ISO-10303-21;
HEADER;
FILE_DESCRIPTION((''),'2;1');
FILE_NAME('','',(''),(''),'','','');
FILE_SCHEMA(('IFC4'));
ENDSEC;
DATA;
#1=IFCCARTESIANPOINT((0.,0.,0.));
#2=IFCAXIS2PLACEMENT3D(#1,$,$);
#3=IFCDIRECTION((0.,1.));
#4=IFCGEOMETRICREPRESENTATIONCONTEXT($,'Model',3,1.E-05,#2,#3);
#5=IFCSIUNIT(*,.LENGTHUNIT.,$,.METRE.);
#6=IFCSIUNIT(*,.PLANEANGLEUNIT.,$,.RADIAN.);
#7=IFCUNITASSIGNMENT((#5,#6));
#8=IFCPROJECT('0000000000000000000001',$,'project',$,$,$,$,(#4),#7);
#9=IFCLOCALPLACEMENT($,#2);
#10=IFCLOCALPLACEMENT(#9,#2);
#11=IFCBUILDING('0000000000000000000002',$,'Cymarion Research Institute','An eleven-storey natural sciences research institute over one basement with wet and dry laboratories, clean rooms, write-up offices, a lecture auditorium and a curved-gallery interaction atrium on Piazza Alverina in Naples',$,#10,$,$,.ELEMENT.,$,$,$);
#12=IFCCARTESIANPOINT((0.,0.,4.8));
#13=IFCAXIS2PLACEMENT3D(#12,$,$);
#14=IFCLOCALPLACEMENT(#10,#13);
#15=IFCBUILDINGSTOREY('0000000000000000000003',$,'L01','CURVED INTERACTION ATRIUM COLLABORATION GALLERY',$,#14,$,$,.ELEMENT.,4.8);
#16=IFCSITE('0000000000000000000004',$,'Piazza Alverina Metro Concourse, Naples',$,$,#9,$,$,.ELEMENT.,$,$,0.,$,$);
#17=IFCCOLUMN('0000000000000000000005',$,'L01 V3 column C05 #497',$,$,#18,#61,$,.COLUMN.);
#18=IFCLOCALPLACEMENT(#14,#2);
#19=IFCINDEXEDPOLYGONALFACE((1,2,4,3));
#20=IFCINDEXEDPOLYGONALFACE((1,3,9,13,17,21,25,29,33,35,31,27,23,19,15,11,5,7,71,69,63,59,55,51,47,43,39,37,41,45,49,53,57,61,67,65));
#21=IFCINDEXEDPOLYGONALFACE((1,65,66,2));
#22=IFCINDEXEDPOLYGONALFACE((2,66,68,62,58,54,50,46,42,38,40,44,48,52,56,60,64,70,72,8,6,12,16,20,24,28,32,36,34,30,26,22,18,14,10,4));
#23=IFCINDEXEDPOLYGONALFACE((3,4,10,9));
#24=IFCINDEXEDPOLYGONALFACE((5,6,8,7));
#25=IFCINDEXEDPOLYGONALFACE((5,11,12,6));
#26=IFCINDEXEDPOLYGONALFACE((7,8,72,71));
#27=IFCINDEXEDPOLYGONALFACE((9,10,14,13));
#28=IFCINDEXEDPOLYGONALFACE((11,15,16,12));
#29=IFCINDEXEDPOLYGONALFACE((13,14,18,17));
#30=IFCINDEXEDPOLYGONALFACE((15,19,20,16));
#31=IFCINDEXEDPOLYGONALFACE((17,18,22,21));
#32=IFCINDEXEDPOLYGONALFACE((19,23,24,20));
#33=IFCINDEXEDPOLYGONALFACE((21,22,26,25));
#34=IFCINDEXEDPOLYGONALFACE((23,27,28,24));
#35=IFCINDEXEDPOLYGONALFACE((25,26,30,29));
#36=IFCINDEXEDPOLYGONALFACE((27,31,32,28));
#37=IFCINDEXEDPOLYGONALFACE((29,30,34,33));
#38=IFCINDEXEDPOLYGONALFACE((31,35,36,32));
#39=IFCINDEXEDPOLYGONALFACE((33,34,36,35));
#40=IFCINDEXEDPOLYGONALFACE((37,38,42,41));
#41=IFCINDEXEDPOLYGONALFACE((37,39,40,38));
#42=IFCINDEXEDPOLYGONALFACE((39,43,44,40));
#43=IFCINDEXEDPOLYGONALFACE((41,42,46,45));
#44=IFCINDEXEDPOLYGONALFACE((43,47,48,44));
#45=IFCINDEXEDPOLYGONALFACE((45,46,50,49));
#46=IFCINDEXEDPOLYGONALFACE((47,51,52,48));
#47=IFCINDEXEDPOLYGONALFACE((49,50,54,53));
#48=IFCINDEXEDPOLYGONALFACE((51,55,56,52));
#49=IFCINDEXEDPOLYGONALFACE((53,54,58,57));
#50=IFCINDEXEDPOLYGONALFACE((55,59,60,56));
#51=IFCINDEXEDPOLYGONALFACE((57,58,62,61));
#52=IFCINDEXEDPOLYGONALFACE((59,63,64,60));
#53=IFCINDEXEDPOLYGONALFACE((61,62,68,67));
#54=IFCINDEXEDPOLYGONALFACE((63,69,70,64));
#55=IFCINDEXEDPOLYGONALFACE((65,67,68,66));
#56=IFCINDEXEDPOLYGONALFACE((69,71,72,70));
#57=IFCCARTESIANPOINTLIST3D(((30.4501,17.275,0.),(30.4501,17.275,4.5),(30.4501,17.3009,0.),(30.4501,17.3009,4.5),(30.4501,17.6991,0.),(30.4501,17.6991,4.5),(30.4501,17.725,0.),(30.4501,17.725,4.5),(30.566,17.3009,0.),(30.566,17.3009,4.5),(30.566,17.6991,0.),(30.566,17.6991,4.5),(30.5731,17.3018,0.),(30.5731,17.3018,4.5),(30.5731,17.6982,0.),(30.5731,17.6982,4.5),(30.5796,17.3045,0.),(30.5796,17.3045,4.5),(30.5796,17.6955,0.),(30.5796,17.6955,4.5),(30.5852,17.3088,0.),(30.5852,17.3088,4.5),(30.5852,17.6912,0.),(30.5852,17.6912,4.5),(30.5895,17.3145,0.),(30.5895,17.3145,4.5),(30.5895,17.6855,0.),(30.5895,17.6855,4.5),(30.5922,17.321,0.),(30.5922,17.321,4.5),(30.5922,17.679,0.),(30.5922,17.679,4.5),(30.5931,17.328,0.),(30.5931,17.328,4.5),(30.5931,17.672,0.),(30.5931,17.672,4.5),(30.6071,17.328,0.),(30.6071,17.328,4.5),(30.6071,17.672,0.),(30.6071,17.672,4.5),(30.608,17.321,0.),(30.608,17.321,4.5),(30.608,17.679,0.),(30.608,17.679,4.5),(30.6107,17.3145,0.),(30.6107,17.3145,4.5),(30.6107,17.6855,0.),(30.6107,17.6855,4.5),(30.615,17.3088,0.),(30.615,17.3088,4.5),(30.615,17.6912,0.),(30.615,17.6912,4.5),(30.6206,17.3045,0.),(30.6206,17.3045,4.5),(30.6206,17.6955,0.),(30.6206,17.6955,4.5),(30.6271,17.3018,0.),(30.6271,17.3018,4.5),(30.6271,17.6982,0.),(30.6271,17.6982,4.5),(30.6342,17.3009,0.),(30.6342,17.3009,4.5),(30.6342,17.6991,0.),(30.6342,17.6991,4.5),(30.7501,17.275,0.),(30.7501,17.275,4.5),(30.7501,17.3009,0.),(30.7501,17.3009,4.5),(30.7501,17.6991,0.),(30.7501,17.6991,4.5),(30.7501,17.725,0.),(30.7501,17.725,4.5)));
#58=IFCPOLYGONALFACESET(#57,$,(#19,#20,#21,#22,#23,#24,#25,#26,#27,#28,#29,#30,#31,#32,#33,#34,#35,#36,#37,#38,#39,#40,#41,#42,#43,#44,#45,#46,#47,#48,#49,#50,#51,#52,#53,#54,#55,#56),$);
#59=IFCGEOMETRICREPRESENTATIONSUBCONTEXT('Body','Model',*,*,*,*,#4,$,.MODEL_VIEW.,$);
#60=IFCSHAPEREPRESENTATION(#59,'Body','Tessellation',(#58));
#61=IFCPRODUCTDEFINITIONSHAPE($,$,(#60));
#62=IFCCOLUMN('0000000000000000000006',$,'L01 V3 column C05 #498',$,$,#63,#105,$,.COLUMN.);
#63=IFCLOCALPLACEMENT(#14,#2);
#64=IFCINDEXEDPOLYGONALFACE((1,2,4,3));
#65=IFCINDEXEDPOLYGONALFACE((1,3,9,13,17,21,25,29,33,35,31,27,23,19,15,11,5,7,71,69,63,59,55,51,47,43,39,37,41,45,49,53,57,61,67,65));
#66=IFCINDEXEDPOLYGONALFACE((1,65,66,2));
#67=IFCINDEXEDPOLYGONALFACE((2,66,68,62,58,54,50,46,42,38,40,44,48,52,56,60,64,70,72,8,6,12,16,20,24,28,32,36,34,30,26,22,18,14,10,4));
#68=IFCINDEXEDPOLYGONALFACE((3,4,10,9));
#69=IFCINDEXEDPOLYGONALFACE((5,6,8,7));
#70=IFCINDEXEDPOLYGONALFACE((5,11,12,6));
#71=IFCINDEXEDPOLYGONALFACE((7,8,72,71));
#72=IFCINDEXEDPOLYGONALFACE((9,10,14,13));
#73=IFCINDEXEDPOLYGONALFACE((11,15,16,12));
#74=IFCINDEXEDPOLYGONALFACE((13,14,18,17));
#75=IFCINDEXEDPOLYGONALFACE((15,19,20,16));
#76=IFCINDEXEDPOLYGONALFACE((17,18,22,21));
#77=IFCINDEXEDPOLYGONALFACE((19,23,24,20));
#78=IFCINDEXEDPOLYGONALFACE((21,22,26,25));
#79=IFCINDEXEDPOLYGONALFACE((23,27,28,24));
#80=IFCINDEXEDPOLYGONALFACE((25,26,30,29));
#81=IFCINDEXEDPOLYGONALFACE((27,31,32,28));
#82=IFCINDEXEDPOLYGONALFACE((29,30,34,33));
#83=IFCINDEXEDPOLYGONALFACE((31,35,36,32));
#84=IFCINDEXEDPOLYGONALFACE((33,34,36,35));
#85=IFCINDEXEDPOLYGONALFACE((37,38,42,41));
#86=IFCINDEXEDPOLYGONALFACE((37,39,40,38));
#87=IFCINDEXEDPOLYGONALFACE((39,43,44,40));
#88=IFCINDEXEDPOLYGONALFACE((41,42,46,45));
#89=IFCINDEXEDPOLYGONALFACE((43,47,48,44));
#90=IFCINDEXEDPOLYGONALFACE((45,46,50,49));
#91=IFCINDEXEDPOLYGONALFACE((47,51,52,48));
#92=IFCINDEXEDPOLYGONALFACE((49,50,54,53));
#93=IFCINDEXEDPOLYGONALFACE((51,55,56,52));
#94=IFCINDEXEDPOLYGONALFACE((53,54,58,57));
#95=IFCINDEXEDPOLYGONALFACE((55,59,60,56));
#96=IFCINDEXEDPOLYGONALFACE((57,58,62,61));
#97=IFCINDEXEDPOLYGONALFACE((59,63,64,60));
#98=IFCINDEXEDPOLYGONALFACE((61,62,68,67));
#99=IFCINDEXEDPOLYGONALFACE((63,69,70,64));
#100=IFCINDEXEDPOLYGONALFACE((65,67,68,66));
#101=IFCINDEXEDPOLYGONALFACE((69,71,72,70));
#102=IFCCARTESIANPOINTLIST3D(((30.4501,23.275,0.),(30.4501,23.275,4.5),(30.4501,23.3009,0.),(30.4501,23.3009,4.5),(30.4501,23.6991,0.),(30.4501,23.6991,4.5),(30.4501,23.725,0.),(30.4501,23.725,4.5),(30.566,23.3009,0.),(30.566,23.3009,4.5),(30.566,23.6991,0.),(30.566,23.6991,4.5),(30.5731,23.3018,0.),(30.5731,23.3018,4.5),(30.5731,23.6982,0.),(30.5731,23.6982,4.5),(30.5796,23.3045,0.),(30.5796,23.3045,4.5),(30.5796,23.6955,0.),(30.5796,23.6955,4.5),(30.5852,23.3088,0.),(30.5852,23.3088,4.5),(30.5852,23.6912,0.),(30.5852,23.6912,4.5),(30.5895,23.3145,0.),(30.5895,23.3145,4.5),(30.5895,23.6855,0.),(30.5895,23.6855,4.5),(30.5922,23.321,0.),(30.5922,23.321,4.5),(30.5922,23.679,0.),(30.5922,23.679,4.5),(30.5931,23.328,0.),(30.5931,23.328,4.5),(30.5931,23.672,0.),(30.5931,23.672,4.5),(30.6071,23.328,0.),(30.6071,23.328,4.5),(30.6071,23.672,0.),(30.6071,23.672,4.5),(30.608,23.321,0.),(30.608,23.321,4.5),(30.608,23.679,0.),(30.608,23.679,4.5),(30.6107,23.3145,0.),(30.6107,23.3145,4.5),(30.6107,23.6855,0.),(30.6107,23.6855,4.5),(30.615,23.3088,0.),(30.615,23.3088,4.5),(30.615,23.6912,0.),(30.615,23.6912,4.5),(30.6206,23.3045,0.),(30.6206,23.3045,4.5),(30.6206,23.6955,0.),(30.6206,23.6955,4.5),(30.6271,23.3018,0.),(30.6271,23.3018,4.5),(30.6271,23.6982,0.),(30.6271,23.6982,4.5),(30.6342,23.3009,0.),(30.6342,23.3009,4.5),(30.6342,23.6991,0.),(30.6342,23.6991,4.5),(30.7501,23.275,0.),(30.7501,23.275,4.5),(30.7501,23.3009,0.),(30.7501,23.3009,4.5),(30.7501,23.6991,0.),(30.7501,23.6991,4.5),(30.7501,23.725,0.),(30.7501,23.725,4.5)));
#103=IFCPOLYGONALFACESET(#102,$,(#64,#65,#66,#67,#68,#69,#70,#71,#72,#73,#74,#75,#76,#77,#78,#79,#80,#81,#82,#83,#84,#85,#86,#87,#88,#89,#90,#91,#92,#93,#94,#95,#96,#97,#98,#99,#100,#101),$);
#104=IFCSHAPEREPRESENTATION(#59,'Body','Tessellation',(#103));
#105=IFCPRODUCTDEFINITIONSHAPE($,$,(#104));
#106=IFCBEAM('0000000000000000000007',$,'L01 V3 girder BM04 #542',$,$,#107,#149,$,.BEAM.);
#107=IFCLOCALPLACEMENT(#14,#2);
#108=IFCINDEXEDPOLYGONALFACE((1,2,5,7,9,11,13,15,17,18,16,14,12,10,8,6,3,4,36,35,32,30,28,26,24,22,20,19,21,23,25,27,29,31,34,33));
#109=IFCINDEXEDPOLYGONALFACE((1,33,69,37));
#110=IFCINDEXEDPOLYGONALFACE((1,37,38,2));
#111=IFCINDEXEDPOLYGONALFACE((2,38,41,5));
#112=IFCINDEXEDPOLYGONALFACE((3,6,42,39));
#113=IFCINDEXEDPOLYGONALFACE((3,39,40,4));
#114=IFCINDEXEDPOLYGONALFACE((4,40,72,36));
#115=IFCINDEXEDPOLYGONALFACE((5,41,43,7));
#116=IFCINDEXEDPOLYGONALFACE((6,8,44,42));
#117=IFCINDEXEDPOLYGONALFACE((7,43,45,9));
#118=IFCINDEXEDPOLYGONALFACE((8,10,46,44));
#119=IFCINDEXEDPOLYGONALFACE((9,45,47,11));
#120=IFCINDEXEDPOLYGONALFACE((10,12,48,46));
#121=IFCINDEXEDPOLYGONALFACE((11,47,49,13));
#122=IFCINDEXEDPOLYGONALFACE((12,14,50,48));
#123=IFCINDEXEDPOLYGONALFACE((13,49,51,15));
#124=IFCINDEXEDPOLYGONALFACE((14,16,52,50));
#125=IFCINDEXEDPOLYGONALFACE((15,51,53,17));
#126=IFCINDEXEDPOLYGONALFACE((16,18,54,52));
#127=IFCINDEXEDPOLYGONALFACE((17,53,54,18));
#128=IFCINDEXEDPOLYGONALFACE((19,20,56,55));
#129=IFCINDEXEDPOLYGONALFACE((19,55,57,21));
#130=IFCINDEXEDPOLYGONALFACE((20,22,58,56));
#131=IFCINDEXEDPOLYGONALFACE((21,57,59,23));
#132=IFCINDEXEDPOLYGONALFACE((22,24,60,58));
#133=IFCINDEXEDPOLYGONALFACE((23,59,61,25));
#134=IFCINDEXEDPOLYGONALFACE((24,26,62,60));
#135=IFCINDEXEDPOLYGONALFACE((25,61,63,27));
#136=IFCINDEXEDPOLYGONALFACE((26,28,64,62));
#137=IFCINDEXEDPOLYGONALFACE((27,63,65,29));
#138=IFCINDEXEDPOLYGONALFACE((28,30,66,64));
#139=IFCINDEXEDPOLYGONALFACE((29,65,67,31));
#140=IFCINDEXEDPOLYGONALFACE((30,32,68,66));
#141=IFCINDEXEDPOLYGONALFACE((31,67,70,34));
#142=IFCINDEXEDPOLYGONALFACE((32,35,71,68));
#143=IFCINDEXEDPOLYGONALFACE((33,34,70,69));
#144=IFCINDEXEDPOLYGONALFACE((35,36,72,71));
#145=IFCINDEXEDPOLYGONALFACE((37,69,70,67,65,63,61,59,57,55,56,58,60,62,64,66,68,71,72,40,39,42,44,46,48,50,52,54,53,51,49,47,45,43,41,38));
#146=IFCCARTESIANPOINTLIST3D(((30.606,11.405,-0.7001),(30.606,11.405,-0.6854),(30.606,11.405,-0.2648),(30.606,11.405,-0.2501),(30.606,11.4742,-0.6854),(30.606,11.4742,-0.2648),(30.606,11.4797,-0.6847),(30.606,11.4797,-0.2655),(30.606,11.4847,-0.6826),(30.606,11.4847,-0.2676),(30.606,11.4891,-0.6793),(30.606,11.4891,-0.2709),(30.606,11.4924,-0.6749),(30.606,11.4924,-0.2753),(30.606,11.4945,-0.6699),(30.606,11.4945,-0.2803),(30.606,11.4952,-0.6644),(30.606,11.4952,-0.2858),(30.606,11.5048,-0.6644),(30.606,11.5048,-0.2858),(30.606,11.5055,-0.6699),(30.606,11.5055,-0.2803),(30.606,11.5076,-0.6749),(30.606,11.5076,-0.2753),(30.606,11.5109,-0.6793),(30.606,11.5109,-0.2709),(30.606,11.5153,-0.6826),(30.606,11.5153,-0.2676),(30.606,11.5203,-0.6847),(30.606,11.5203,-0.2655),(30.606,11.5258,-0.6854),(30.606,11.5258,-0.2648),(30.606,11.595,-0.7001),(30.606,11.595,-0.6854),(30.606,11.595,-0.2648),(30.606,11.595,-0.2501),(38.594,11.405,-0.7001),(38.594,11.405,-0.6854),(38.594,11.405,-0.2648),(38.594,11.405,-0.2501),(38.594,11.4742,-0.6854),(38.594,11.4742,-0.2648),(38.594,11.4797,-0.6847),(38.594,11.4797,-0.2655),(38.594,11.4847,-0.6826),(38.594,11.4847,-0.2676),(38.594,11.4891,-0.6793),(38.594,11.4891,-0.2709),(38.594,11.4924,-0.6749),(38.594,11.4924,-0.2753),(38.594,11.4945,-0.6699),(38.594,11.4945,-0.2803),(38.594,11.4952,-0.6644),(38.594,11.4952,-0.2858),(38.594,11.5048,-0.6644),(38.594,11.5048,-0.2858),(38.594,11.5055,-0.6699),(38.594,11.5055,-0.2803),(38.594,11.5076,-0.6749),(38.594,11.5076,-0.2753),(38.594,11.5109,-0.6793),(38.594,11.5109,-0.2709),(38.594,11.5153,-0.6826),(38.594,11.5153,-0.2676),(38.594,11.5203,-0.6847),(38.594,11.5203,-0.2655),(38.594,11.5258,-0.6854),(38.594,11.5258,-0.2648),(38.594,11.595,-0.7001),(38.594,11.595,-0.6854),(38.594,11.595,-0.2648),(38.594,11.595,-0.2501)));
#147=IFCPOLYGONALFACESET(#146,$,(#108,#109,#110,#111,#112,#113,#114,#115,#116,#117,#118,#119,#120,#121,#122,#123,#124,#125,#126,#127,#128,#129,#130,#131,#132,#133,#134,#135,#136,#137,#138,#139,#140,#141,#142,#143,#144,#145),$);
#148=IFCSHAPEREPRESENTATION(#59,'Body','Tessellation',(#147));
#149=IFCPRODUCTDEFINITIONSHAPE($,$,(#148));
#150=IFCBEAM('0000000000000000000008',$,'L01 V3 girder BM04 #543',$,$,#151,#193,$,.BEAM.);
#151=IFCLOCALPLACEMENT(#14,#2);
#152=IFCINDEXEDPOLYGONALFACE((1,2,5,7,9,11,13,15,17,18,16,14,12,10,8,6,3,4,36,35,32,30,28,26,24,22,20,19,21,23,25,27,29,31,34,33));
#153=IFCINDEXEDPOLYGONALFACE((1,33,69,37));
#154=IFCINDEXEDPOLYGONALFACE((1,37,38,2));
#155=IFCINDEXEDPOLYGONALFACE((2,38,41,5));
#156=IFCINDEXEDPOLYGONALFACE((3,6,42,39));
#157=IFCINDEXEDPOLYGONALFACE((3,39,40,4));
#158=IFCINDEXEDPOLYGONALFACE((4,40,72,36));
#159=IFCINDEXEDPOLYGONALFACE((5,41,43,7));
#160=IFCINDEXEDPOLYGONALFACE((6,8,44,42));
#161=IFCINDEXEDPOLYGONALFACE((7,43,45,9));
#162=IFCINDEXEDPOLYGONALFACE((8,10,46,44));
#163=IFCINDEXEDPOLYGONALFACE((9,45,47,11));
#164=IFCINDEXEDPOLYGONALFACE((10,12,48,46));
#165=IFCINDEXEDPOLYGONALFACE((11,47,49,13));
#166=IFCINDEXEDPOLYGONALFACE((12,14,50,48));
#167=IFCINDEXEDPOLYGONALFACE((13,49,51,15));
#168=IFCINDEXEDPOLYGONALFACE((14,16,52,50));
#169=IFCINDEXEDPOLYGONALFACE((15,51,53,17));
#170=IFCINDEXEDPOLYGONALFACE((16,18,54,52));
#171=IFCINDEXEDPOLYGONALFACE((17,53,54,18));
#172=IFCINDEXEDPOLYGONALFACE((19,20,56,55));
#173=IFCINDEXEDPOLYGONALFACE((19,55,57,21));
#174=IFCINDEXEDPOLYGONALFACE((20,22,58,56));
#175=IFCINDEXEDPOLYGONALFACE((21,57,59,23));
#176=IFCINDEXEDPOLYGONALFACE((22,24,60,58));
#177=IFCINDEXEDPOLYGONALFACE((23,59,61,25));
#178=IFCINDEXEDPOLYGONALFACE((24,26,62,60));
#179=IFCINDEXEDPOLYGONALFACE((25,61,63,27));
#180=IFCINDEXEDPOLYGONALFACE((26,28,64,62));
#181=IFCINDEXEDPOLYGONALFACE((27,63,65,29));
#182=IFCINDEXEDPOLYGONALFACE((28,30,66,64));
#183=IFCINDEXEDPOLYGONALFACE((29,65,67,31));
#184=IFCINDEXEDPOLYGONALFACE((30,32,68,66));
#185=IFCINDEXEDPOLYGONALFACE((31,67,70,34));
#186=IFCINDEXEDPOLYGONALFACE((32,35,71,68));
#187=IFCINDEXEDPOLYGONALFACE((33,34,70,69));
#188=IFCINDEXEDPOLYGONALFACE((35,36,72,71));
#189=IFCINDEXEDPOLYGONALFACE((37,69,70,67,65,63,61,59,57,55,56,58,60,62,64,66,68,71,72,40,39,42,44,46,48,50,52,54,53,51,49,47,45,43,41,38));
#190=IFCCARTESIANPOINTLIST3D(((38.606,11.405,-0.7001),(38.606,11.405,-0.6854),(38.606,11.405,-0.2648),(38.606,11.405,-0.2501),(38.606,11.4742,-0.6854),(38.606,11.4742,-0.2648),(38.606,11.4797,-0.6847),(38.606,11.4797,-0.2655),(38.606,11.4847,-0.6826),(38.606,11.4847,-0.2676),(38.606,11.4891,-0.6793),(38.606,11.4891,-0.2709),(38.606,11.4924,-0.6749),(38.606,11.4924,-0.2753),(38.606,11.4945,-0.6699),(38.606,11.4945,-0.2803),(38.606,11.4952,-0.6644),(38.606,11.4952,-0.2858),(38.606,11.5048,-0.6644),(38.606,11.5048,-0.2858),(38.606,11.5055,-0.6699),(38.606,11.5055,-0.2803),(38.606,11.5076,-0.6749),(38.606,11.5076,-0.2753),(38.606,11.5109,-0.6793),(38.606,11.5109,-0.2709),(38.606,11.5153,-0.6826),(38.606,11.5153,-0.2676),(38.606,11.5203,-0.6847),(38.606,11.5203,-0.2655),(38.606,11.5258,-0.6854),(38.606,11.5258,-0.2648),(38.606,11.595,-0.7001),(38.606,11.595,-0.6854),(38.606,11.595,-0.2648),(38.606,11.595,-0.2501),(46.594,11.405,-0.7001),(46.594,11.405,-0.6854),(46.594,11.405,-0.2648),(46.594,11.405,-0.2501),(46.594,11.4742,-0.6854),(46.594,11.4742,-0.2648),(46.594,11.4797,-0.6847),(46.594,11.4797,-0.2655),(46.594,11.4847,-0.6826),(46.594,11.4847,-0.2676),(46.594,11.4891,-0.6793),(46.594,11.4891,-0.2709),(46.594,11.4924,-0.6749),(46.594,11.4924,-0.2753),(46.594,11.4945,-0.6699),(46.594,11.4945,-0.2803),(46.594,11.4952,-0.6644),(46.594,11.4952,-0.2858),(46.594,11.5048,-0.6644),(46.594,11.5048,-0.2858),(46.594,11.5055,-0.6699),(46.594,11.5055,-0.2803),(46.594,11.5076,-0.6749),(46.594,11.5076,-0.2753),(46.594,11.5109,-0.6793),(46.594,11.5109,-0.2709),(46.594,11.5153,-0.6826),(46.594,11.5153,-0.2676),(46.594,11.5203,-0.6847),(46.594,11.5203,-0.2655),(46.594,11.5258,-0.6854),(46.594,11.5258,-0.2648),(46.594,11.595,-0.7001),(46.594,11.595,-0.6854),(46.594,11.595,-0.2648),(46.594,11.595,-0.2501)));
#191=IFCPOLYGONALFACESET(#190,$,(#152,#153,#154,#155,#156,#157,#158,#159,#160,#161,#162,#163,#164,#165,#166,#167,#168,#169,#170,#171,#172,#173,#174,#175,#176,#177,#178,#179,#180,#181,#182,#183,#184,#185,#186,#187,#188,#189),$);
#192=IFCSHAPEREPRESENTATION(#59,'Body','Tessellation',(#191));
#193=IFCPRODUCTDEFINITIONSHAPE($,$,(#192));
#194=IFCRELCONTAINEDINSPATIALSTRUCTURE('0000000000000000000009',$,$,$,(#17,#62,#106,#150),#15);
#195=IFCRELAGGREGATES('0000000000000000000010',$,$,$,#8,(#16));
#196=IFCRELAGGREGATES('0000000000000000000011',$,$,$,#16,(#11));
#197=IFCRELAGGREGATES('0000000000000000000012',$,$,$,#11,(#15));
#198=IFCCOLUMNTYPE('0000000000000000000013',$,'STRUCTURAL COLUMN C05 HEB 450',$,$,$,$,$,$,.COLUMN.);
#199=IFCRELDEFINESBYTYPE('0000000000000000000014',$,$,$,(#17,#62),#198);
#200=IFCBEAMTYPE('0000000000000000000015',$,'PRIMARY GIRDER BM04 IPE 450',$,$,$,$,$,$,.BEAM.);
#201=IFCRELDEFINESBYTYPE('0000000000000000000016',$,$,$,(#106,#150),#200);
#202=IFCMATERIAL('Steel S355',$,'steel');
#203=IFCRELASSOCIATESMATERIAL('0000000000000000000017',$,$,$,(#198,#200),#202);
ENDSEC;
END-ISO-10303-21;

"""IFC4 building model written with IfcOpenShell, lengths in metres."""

from ifc_helpers import new_model, si_unit, direction, frame, origin, origin_2d, place, context, subcontext, project, spatial, i_section, extrude, material, material_profile, profile_set, type_object, element, save


model = new_model("IFC4")

# Units and contexts
model_context = context("Model", 3, precision=1e-05, world=origin(), true_north=direction((0.0, 1.0)))
body_context = subcontext(model_context, "Body", "Model", "MODEL_VIEW")
ifc_project = project(units=[si_unit("LENGTHUNIT", "METRE"), si_unit("PLANEANGLEUNIT", "RADIAN")], contexts=[model_context])

# Site, building, storey
site_placement = place(None, origin())
site = spatial("IfcSite", under=ifc_project, at=site_placement, Name="Piazza Alverina Metro Concourse, Naples", CompositionType="ELEMENT", RefElevation=0.0)
building_placement = place(site_placement, origin())
building = spatial("IfcBuilding", under=site, at=building_placement, Name="Cymarion Research Institute", Description="An eleven-storey natural sciences research institute over one basement with wet and dry laboratories, clean rooms, write-up offices, a lecture auditorium and a curved-gallery interaction atrium on Piazza Alverina in Naples", CompositionType="ELEMENT")
storey_placement = place(building_placement, frame((0.0, 0.0, 4.8)))
storey = spatial("IfcBuildingStorey", under=building, at=storey_placement, Name="L01", Description="CURVED INTERACTION ATRIUM COLLABORATION GALLERY", CompositionType="ELEMENT", Elevation=4.8)

# Columns
ifc_material_1 = material(Name="Steel S355", Category="steel")
ifc_material_profile_1 = material_profile(ifc_material_1, i_section(OverallWidth=0.3, OverallDepth=0.45, WebThickness=0.0139, FlangeThickness=0.0259, FilletRadius=0.0271, at=origin_2d()), Name="HEB 450")
ifc_profile_set_1 = profile_set([ifc_material_profile_1], Name="Steel S355")
column_type_1 = type_object("IfcColumnType", Name="STRUCTURAL COLUMN C05 HEB 450", PredefinedType="COLUMN", material=ifc_profile_set_1)
for number, where, z_axis, x_axis, name in (
    (1, (30.6001, 17.5, 0.0), (0.0, 0.0, 1.0), (1.0, 0.0, 0.0), "L01 V3 column C05 #497"),
    (2, (30.6001, 23.5, 0.0), (0.0, 0.0, 1.0), (1.0, 0.0, 0.0), "L01 V3 column C05 #498"),
):
    element("IfcColumn", number, at=place(storey_placement, frame(where, z_axis=z_axis, x_axis=x_axis)), inside=storey, type_object=column_type_1, Name=name, PredefinedType="COLUMN", context=body_context, shape_type="SweptSolid", body=[
        extrude(i_section(OverallWidth=0.3, OverallDepth=0.45, WebThickness=0.0139, FlangeThickness=0.0259, FilletRadius=0.0271, at=origin_2d()), origin(), (0.0, 0.0, 1.0), 4.5),
    ])

# Beams
ifc_material_profile_2 = material_profile(ifc_material_1, i_section(OverallWidth=0.1899, OverallDepth=0.45, WebThickness=0.0095, FlangeThickness=0.0146, FilletRadius=0.021, at=origin_2d()), Name="IPE 450")
ifc_profile_set_2 = profile_set([ifc_material_profile_2], Name="Steel S355")
beam_type_1 = type_object("IfcBeamType", Name="PRIMARY GIRDER BM04 IPE 450", PredefinedType="BEAM", material=ifc_profile_set_2)
for number, where, z_axis, x_axis, name in (
    (3, (30.606, 11.5, -0.4751), (1.0, 0.0, 0.0), (0.0, 1.0, 0.0), "L01 V3 girder BM04 #542"),
    (4, (38.606, 11.5, -0.4751), (1.0, 0.0, 0.0), (0.0, 1.0, 0.0), "L01 V3 girder BM04 #543"),
):
    element("IfcBeam", number, at=place(storey_placement, frame(where, z_axis=z_axis, x_axis=x_axis)), inside=storey, type_object=beam_type_1, Name=name, PredefinedType="BEAM", context=body_context, shape_type="SweptSolid", body=[
        extrude(i_section(OverallWidth=0.1899, OverallDepth=0.45, WebThickness=0.0095, FlangeThickness=0.0146, FilletRadius=0.021, at=origin_2d()), origin(), (0.0, 0.0, 1.0), 7.988),
    ])

save(model, "model.ifc")
